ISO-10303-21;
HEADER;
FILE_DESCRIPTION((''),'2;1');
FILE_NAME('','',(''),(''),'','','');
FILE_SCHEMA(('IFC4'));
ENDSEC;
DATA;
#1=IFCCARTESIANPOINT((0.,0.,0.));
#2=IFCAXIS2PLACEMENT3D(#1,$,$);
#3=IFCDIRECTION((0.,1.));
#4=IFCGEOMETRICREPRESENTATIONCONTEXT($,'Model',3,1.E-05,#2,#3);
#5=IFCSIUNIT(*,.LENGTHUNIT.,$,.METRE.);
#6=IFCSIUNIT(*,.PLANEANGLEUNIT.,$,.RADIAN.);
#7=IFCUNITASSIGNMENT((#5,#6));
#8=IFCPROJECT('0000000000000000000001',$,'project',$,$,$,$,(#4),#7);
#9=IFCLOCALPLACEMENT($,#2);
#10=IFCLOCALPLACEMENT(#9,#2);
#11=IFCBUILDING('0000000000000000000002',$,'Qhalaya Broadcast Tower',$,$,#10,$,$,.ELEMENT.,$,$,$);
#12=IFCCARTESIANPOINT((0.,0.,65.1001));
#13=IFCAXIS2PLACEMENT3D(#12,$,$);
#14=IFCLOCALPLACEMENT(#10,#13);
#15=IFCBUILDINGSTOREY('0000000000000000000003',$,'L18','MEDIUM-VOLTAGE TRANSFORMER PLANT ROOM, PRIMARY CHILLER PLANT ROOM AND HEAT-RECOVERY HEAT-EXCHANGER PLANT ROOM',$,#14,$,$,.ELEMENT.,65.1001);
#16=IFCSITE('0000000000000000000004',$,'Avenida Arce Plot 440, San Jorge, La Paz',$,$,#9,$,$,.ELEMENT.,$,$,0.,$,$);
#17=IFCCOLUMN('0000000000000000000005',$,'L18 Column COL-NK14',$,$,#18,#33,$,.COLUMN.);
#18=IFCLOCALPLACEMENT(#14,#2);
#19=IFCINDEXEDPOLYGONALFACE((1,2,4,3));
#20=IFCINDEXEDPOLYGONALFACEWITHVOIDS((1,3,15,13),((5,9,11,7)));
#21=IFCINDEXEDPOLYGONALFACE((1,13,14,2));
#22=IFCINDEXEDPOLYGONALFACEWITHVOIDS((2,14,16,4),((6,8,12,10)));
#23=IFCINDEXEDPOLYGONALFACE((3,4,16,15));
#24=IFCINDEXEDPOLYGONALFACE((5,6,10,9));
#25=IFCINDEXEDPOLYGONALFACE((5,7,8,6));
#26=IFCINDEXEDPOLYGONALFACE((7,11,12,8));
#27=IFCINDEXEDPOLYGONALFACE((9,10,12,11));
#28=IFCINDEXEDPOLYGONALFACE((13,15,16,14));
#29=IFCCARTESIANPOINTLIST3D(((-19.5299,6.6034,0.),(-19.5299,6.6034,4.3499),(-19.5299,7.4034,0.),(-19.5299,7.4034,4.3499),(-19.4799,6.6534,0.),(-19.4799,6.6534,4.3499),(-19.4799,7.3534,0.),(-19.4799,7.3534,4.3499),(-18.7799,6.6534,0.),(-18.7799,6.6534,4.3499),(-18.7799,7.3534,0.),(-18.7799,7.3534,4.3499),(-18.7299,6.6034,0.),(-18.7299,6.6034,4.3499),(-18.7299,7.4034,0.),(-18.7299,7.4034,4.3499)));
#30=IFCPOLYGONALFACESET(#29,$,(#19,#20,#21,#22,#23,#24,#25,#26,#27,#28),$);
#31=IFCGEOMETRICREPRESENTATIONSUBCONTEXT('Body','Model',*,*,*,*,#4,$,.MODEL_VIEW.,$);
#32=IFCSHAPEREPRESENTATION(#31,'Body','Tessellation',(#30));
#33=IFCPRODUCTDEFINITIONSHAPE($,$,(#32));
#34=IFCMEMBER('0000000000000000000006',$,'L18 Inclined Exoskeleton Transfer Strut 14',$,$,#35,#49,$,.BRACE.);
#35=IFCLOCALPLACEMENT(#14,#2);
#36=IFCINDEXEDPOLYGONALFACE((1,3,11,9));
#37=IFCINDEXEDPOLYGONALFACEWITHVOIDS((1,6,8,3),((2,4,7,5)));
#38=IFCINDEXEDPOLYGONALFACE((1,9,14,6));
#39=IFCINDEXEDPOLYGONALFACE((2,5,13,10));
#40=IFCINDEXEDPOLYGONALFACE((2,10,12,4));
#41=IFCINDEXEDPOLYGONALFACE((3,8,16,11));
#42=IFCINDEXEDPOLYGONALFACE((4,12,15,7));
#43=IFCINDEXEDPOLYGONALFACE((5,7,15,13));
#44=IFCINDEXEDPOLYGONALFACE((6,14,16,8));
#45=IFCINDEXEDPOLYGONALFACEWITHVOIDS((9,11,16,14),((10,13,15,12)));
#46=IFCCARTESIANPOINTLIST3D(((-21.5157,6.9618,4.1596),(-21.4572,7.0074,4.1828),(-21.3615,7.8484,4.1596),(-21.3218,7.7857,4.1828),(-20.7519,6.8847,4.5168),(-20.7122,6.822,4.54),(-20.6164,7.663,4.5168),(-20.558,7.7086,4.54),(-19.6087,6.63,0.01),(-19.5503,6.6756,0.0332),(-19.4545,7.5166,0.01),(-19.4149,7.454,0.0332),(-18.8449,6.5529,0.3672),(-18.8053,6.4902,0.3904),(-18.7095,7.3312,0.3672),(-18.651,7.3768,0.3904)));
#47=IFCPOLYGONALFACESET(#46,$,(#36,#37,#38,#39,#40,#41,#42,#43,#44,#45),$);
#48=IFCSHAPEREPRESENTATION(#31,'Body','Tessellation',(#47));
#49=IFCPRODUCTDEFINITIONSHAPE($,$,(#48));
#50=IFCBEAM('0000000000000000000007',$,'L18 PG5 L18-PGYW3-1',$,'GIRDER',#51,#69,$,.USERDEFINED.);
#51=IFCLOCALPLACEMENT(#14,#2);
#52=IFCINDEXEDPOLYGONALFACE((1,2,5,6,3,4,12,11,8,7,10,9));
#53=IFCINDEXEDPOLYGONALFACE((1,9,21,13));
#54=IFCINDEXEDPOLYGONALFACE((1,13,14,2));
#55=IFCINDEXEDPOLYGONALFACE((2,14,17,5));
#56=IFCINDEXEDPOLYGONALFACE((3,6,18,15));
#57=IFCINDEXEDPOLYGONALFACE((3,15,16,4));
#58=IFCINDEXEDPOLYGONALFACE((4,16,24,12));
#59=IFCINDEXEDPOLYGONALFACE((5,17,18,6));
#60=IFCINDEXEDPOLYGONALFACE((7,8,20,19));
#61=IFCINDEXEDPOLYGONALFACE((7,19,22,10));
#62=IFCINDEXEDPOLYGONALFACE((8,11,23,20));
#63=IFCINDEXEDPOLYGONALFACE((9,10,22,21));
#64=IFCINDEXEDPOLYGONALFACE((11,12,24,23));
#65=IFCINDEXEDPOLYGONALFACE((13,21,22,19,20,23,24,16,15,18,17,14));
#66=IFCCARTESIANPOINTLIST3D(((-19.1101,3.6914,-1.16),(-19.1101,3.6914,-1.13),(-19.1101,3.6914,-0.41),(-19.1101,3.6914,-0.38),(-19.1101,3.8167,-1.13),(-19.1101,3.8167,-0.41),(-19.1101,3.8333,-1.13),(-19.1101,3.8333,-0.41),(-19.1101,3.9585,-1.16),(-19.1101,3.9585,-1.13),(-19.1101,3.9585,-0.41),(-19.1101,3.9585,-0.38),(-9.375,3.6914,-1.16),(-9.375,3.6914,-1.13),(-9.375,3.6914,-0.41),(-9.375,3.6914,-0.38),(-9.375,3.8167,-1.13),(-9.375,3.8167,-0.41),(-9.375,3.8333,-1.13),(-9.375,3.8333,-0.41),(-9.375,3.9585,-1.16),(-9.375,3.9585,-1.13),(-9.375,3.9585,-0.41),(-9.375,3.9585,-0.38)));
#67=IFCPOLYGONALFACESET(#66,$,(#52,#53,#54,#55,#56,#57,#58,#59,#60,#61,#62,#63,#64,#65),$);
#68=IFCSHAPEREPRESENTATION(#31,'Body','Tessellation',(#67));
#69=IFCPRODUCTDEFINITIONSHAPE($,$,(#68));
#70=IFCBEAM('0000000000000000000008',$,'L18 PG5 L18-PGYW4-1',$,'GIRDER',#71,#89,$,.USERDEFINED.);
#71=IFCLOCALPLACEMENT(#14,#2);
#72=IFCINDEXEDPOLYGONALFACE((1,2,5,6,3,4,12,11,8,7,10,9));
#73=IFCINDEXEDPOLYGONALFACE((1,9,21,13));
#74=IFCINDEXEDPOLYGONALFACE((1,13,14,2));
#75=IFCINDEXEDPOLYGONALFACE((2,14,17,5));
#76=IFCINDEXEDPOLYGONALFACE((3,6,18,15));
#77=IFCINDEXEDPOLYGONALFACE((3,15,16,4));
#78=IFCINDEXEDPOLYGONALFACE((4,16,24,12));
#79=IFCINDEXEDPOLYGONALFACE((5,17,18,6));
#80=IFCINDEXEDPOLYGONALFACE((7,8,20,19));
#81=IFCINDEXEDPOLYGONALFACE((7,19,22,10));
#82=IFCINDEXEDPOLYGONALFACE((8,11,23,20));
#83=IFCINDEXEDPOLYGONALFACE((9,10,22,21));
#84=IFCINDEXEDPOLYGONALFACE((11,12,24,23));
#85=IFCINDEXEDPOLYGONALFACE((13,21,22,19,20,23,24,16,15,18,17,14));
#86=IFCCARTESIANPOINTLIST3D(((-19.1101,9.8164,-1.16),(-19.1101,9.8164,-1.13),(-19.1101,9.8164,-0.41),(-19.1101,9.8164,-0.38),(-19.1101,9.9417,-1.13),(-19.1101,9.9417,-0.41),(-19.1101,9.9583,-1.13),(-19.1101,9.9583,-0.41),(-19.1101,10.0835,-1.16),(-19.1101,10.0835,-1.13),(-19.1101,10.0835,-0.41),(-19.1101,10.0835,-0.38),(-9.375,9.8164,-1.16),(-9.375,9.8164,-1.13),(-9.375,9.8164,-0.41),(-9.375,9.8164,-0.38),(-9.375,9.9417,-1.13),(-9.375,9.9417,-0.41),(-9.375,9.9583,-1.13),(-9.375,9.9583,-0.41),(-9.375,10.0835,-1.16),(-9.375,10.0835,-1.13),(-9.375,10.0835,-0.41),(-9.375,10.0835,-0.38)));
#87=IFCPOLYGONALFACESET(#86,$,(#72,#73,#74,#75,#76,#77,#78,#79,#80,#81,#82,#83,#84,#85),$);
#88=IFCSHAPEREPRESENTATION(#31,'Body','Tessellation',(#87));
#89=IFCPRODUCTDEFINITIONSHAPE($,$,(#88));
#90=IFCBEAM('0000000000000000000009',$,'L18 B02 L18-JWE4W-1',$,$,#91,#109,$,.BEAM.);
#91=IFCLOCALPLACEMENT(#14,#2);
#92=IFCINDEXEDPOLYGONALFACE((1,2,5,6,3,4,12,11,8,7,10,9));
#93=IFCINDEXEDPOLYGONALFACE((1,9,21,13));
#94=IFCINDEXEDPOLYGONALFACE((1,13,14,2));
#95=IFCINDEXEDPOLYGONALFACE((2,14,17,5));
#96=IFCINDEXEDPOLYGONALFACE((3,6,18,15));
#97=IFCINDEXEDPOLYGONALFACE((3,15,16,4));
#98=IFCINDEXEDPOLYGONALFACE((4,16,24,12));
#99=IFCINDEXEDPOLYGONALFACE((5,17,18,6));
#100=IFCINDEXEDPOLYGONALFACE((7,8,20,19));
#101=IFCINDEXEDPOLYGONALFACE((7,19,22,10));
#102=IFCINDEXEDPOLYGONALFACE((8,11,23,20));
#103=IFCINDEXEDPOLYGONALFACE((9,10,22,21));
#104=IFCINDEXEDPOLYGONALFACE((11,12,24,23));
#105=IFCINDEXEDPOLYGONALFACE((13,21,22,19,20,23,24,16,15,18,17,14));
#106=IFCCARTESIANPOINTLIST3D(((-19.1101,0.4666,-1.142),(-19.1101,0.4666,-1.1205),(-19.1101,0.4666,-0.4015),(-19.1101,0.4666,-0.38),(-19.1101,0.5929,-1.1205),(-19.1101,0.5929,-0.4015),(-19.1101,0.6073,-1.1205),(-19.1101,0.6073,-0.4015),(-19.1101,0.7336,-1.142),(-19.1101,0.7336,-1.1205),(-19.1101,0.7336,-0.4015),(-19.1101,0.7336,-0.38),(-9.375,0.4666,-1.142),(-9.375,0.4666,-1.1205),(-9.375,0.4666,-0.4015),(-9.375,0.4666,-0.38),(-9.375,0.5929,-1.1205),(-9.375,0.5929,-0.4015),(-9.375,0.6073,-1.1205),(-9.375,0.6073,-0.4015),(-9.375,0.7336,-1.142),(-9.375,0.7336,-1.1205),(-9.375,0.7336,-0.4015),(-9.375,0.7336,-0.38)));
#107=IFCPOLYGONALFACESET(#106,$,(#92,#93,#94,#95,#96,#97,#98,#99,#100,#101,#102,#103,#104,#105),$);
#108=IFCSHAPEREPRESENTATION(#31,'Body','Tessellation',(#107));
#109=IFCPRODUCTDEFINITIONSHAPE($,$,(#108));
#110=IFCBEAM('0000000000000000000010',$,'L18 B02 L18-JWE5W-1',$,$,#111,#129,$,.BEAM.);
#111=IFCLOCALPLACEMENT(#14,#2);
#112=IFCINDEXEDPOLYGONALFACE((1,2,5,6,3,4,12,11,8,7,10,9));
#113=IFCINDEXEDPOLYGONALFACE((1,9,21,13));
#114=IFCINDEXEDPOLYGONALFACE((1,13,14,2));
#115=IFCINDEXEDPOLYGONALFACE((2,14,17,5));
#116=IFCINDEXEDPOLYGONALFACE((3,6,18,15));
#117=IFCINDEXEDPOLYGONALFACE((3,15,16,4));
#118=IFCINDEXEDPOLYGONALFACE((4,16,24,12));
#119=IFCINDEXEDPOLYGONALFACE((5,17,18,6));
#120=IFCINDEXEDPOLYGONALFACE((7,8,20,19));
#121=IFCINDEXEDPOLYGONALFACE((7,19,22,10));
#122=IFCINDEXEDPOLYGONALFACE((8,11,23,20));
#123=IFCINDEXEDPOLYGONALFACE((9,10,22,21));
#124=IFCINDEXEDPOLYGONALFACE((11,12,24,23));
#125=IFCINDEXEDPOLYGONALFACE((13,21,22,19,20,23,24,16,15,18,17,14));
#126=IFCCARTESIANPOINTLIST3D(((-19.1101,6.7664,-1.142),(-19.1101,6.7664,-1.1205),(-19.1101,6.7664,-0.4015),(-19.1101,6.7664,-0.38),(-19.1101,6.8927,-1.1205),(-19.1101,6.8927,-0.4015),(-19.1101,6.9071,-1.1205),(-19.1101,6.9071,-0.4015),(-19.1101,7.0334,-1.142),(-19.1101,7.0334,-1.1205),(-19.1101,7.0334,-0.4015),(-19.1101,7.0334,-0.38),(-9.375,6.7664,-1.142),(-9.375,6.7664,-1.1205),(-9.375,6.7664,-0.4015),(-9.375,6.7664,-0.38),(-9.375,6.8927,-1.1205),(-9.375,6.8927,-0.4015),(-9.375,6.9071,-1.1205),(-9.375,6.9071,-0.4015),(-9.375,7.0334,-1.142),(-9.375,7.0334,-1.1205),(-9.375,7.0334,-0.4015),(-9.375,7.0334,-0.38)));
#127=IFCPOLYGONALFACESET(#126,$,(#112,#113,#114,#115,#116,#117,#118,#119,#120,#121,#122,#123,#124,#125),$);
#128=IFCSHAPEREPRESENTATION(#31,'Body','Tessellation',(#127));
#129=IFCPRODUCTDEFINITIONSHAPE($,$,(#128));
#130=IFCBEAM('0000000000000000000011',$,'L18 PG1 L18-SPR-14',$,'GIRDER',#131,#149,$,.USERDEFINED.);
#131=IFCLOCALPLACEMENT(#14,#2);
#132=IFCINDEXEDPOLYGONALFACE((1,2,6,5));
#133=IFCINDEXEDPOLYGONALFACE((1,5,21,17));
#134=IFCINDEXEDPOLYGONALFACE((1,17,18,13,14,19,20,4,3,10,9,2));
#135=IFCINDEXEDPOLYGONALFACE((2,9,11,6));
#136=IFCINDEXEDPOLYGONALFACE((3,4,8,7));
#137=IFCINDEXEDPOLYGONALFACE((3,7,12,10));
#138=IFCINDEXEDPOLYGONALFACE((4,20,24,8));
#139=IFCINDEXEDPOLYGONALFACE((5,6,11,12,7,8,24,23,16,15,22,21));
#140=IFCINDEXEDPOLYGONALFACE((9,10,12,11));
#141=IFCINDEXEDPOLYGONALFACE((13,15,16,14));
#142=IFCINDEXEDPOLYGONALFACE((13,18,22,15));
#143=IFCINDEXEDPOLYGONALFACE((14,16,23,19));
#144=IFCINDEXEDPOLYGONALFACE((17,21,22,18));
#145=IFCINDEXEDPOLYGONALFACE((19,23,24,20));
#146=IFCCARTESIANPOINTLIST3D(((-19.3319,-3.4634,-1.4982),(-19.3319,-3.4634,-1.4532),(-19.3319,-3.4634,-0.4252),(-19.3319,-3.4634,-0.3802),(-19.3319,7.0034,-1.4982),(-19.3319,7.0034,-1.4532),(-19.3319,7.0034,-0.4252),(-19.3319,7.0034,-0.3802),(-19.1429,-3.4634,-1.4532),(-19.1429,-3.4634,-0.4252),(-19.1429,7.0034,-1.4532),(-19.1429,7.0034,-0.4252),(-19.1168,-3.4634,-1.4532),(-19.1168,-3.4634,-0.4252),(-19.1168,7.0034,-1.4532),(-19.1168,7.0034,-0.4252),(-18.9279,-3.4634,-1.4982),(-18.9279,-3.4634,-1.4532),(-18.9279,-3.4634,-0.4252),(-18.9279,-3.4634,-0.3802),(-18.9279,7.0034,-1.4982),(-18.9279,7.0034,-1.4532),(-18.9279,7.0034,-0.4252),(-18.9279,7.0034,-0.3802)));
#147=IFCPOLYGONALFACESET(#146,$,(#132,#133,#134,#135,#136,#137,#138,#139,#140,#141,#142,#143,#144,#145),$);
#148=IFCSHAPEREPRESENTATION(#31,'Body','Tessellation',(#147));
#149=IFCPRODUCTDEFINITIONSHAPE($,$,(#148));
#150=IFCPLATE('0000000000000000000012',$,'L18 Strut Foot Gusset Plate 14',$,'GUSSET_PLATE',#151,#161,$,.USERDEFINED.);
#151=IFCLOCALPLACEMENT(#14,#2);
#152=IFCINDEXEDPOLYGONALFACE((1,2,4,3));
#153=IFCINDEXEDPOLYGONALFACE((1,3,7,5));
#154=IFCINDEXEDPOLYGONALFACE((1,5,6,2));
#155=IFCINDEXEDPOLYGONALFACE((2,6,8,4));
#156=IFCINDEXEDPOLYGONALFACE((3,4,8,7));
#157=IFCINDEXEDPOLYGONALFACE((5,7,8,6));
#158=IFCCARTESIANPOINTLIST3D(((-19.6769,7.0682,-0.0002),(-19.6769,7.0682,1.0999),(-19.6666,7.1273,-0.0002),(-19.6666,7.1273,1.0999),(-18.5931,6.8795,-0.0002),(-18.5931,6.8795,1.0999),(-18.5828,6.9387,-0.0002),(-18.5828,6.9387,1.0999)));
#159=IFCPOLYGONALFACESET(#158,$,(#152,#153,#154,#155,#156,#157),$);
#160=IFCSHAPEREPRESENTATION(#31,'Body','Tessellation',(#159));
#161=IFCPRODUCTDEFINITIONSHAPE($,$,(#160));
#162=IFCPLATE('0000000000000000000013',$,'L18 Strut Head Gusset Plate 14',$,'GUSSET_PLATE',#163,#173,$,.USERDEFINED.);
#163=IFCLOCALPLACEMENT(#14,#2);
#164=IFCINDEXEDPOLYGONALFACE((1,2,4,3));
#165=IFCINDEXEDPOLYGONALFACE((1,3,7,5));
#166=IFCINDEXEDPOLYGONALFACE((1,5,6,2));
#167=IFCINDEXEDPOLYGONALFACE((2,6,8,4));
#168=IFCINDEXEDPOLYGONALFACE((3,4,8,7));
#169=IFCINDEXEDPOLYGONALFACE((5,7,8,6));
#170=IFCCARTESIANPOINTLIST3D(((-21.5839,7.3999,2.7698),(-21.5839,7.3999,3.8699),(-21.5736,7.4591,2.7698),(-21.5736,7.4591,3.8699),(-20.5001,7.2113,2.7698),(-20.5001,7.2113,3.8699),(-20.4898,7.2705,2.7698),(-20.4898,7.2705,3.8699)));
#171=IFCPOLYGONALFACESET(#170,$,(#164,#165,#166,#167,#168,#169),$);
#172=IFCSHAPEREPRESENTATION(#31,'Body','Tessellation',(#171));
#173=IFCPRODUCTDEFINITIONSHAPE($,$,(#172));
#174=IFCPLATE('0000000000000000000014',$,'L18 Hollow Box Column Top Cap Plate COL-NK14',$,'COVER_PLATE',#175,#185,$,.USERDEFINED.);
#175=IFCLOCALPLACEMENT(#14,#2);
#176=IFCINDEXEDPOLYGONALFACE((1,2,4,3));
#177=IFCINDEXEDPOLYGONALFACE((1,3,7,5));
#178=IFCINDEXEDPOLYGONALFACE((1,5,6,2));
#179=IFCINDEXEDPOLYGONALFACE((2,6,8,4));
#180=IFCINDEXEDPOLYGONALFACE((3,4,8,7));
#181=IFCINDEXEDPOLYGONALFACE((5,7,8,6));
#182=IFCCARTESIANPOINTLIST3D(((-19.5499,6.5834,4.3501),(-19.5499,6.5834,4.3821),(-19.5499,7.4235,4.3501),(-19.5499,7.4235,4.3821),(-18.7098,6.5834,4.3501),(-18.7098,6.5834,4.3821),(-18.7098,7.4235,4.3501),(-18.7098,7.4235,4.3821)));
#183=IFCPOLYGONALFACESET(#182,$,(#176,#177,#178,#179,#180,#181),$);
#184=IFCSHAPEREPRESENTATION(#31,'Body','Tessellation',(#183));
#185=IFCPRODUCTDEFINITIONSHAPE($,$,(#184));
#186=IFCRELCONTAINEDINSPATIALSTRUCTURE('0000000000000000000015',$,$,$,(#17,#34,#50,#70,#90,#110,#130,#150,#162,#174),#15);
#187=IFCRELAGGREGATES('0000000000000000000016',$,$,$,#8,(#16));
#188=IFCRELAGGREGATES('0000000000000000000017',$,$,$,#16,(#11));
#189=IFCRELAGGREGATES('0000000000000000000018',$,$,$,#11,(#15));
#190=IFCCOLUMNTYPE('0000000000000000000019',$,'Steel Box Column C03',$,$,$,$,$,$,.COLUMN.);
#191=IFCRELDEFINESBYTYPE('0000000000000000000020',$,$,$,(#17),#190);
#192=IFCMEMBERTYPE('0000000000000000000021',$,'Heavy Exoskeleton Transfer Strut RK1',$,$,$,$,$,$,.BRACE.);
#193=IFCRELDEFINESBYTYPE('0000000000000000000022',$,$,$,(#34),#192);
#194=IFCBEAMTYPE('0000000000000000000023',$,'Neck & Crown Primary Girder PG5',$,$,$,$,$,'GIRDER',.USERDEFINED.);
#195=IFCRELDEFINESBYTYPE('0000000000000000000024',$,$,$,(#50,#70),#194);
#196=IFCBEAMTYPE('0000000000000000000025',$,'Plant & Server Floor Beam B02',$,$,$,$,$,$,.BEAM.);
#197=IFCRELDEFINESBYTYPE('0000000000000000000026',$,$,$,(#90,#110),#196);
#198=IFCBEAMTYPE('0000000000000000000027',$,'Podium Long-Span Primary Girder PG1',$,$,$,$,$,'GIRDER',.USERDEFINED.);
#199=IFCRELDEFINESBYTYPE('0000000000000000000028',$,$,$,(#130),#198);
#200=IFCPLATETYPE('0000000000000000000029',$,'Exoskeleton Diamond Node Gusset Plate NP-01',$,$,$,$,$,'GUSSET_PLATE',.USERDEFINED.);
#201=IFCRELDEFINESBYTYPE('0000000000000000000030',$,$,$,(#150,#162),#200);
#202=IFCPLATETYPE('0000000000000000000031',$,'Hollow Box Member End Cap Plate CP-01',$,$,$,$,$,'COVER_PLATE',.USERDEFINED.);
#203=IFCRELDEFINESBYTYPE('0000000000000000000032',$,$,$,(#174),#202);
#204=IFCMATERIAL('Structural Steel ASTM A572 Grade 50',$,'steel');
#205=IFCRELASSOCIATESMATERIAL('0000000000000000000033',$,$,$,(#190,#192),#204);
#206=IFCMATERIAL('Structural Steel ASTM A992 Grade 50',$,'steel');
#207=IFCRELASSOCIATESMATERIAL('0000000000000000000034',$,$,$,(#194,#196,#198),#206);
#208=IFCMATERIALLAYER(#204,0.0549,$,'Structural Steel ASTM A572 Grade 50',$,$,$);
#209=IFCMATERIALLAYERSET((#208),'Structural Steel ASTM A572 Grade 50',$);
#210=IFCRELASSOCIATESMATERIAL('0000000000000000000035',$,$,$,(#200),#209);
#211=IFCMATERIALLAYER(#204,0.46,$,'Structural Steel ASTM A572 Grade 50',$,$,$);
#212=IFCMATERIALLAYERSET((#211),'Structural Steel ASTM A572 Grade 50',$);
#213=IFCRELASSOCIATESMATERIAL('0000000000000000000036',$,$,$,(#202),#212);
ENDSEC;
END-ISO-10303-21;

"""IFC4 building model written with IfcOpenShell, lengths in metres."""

from ifc_helpers import new_model, si_unit, direction, frame, origin, origin_2d, place, context, subcontext, project, spatial, rectangle, hollow_rectangle, i_section, extrude, material, layer, layer_set, material_profile, profile_set, type_object, element, save


model = new_model("IFC4")

# Units and contexts
model_context = context("Model", 3, precision=1e-05, world=origin(), true_north=direction((0.0, 1.0)))
body_context = subcontext(model_context, "Body", "Model", "MODEL_VIEW")
ifc_project = project(units=[si_unit("LENGTHUNIT", "METRE"), si_unit("PLANEANGLEUNIT", "RADIAN")], contexts=[model_context])

# Site, building, storey
site_placement = place(None, origin())
site = spatial("IfcSite", under=ifc_project, at=site_placement, Name="Avenida Arce Plot 440, San Jorge, La Paz", CompositionType="ELEMENT", RefElevation=0.0)
building_placement = place(site_placement, origin())
building = spatial("IfcBuilding", under=site, at=building_placement, Name="Qhalaya Broadcast Tower", CompositionType="ELEMENT")
storey_placement = place(building_placement, frame((0.0, 0.0, 65.1001)))
storey = spatial("IfcBuildingStorey", under=building, at=storey_placement, Name="L18", Description="MEDIUM-VOLTAGE TRANSFORMER PLANT ROOM, PRIMARY CHILLER PLANT ROOM AND HEAT-RECOVERY HEAT-EXCHANGER PLANT ROOM", CompositionType="ELEMENT", Elevation=65.1001)

# Column
ifc_material_1 = material(Name="Structural Steel ASTM A572 Grade 50", Category="steel")
ifc_material_profile_1 = material_profile(ifc_material_1, hollow_rectangle(XDim=0.8, YDim=0.8, WallThickness=0.05, at=origin_2d()), Name="BOX 800x800x50")
ifc_profile_set_1 = profile_set([ifc_material_profile_1], Name="Structural Steel ASTM A572 Grade 50")
column_type = type_object("IfcColumnType", Name="Steel Box Column C03", PredefinedType="COLUMN", material=ifc_profile_set_1)
column_placement = place(storey_placement, frame((-19.1299, 7.0034, 0.0), z_axis=(0.0, 0.0, 1.0), x_axis=(0.0, 1.0, 0.0)))
element("IfcColumn", 1, at=column_placement, inside=storey, type_object=column_type, Name="L18 Column COL-NK14", PredefinedType="COLUMN", context=body_context, shape_type="SweptSolid", body=[
    extrude(hollow_rectangle(XDim=0.8, YDim=0.8, WallThickness=0.05, at=origin_2d()), origin(), (0.0, 0.0, 1.0), 4.3499),
])

# Member
ifc_material_profile_2 = material_profile(ifc_material_1, hollow_rectangle(XDim=0.8999, YDim=0.8999, WallThickness=0.0549, at=origin_2d()), Name="BOX 900x900x55")
ifc_profile_set_2 = profile_set([ifc_material_profile_2], Name="Structural Steel ASTM A572 Grade 50")
member_type = type_object("IfcMemberType", Name="Heavy Exoskeleton Transfer Strut RK1", PredefinedType="BRACE", material=ifc_profile_set_2)
member_placement = place(storey_placement, frame((-19.1299, 7.0034, 0.2002), z_axis=(-0.416472, 0.07246, 0.906257), x_axis=(-0.17141, -0.9852, 0.0)))
element("IfcMember", 2, at=member_placement, inside=storey, type_object=member_type, Name="L18 Inclined Exoskeleton Transfer Strut 14", PredefinedType="BRACE", context=body_context, shape_type="SweptSolid", body=[
    extrude(hollow_rectangle(XDim=0.8999, YDim=0.8999, WallThickness=0.0549, at=origin_2d()), origin(), (0.0, 0.0, 1.0), 4.5789),
])

# Beams
ifc_material_2 = material(Name="Structural Steel ASTM A992 Grade 50", Category="steel")
ifc_material_profile_3 = material_profile(ifc_material_2, i_section(OverallWidth=0.2671, OverallDepth=0.78, WebThickness=0.0166, FlangeThickness=0.03, at=origin_2d()), Name="W30X148")
ifc_profile_set_3 = profile_set([ifc_material_profile_3], Name="Structural Steel ASTM A992 Grade 50")
beam_type_1 = type_object("IfcBeamType", Name="Neck & Crown Primary Girder PG5", ElementType="GIRDER", PredefinedType="USERDEFINED", material=ifc_profile_set_3)
for number, where, z_axis, x_axis, name in (
    (3, (-19.1101, 3.825, -0.77), (1.0, 0.0, 0.0), (0.0, 1.0, 0.0), "L18 PG5 L18-PGYW3-1"),
    (4, (-19.1101, 9.95, -0.77), (1.0, 0.0, 0.0), (0.0, 1.0, 0.0), "L18 PG5 L18-PGYW4-1"),
):
    element("IfcBeam", number, at=place(storey_placement, frame(where, z_axis=z_axis, x_axis=x_axis)), inside=storey, type_object=beam_type_1, Name=name, ObjectType="GIRDER", PredefinedType="USERDEFINED", context=body_context, shape_type="SweptSolid", body=[
        extrude(i_section(OverallWidth=0.2671, OverallDepth=0.78, WebThickness=0.0166, FlangeThickness=0.03, at=origin_2d()), origin(), (0.0, 0.0, 1.0), 9.7351),
    ])
ifc_material_profile_4 = material_profile(ifc_material_2, i_section(OverallWidth=0.2671, OverallDepth=0.762, WebThickness=0.0144, FlangeThickness=0.0215, at=origin_2d()), Name="W30X116")
ifc_profile_set_4 = profile_set([ifc_material_profile_4], Name="Structural Steel ASTM A992 Grade 50")
beam_type_2 = type_object("IfcBeamType", Name="Plant & Server Floor Beam B02", PredefinedType="BEAM", material=ifc_profile_set_4)
for number, where, z_axis, x_axis, name in (
    (5, (-19.1101, 0.6001, -0.761), (1.0, 0.0, 0.0), (0.0, 1.0, 0.0), "L18 B02 L18-JWE4W-1"),
    (6, (-19.1101, 6.8999, -0.761), (1.0, 0.0, 0.0), (0.0, 1.0, 0.0), "L18 B02 L18-JWE5W-1"),
):
    element("IfcBeam", number, at=place(storey_placement, frame(where, z_axis=z_axis, x_axis=x_axis)), inside=storey, type_object=beam_type_2, Name=name, PredefinedType="BEAM", context=body_context, shape_type="SweptSolid", body=[
        extrude(i_section(OverallWidth=0.2671, OverallDepth=0.762, WebThickness=0.0144, FlangeThickness=0.0215, at=origin_2d()), origin(), (0.0, 0.0, 1.0), 9.7351),
    ])
ifc_material_profile_5 = material_profile(ifc_material_2, i_section(OverallWidth=0.4041, OverallDepth=1.1179, WebThickness=0.0261, FlangeThickness=0.0449, at=origin_2d()), Name="W44X335")
ifc_profile_set_5 = profile_set([ifc_material_profile_5], Name="Structural Steel ASTM A992 Grade 50")
beam_type_3 = type_object("IfcBeamType", Name="Podium Long-Span Primary Girder PG1", ElementType="GIRDER", PredefinedType="USERDEFINED", material=ifc_profile_set_5)
beam_placement = place(storey_placement, frame((-19.1299, 7.0034, -0.9392), z_axis=(0.0, -1.0, 0.0), x_axis=(1.0, 0.0, 0.0)))
element("IfcBeam", 7, at=beam_placement, inside=storey, type_object=beam_type_3, Name="L18 PG1 L18-SPR-14", ObjectType="GIRDER", PredefinedType="USERDEFINED", context=body_context, shape_type="SweptSolid", body=[
    extrude(i_section(OverallWidth=0.4041, OverallDepth=1.1179, WebThickness=0.0261, FlangeThickness=0.0449, at=origin_2d()), origin(), (0.0, 0.0, 1.0), 10.4668),
])

# Plates
ifc_layer_1 = layer(ifc_material_1, 0.0549, Name="Structural Steel ASTM A572 Grade 50")
ifc_layer_set_1 = layer_set([ifc_layer_1], Name="Structural Steel ASTM A572 Grade 50")
plate_type_1 = type_object("IfcPlateType", Name="Exoskeleton Diamond Node Gusset Plate NP-01", ElementType="GUSSET_PLATE", PredefinedType="USERDEFINED", material=ifc_layer_set_1)
for number, where, z_axis, x_axis, name in (
    (8, (-19.1299, 7.0034, -0.0002), (0.0, 0.0, 1.0), (-0.985187, 0.171482, 0.0), "L18 Strut Foot Gusset Plate 14"),
    (9, (-21.0369, 7.3352, 2.7698), (0.0, 0.0, 1.0), (-0.985187, 0.171482, 0.0), "L18 Strut Head Gusset Plate 14"),
):
    element("IfcPlate", number, at=place(storey_placement, frame(where, z_axis=z_axis, x_axis=x_axis)), inside=storey, type_object=plate_type_1, Name=name, ObjectType="GUSSET_PLATE", PredefinedType="USERDEFINED", context=body_context, shape_type="SweptSolid", body=[
        extrude(rectangle(XDim=1.1001, YDim=0.0601, at=origin_2d()), origin(), (0.0, 0.0, 1.0), 1.1001),
    ])
ifc_layer_2 = layer(ifc_material_1, 0.46, Name="Structural Steel ASTM A572 Grade 50")
ifc_layer_set_2 = layer_set([ifc_layer_2], Name="Structural Steel ASTM A572 Grade 50")
plate_type_2 = type_object("IfcPlateType", Name="Hollow Box Member End Cap Plate CP-01", ElementType="COVER_PLATE", PredefinedType="USERDEFINED", material=ifc_layer_set_2)
plate_1_placement = place(storey_placement, frame((-19.1299, 7.0034, 4.3501), z_axis=(0.0, 0.0, 1.0), x_axis=(0.0, 1.0, 0.0)))
element("IfcPlate", 10, at=plate_1_placement, inside=storey, type_object=plate_type_2, Name="L18 Hollow Box Column Top Cap Plate COL-NK14", ObjectType="COVER_PLATE", PredefinedType="USERDEFINED", context=body_context, shape_type="SweptSolid", body=[
    extrude(rectangle(XDim=0.8401, YDim=0.8401, at=origin_2d()), origin(), (0.0, 0.0, 1.0), 0.032),
])

save(model, "model.ifc")
